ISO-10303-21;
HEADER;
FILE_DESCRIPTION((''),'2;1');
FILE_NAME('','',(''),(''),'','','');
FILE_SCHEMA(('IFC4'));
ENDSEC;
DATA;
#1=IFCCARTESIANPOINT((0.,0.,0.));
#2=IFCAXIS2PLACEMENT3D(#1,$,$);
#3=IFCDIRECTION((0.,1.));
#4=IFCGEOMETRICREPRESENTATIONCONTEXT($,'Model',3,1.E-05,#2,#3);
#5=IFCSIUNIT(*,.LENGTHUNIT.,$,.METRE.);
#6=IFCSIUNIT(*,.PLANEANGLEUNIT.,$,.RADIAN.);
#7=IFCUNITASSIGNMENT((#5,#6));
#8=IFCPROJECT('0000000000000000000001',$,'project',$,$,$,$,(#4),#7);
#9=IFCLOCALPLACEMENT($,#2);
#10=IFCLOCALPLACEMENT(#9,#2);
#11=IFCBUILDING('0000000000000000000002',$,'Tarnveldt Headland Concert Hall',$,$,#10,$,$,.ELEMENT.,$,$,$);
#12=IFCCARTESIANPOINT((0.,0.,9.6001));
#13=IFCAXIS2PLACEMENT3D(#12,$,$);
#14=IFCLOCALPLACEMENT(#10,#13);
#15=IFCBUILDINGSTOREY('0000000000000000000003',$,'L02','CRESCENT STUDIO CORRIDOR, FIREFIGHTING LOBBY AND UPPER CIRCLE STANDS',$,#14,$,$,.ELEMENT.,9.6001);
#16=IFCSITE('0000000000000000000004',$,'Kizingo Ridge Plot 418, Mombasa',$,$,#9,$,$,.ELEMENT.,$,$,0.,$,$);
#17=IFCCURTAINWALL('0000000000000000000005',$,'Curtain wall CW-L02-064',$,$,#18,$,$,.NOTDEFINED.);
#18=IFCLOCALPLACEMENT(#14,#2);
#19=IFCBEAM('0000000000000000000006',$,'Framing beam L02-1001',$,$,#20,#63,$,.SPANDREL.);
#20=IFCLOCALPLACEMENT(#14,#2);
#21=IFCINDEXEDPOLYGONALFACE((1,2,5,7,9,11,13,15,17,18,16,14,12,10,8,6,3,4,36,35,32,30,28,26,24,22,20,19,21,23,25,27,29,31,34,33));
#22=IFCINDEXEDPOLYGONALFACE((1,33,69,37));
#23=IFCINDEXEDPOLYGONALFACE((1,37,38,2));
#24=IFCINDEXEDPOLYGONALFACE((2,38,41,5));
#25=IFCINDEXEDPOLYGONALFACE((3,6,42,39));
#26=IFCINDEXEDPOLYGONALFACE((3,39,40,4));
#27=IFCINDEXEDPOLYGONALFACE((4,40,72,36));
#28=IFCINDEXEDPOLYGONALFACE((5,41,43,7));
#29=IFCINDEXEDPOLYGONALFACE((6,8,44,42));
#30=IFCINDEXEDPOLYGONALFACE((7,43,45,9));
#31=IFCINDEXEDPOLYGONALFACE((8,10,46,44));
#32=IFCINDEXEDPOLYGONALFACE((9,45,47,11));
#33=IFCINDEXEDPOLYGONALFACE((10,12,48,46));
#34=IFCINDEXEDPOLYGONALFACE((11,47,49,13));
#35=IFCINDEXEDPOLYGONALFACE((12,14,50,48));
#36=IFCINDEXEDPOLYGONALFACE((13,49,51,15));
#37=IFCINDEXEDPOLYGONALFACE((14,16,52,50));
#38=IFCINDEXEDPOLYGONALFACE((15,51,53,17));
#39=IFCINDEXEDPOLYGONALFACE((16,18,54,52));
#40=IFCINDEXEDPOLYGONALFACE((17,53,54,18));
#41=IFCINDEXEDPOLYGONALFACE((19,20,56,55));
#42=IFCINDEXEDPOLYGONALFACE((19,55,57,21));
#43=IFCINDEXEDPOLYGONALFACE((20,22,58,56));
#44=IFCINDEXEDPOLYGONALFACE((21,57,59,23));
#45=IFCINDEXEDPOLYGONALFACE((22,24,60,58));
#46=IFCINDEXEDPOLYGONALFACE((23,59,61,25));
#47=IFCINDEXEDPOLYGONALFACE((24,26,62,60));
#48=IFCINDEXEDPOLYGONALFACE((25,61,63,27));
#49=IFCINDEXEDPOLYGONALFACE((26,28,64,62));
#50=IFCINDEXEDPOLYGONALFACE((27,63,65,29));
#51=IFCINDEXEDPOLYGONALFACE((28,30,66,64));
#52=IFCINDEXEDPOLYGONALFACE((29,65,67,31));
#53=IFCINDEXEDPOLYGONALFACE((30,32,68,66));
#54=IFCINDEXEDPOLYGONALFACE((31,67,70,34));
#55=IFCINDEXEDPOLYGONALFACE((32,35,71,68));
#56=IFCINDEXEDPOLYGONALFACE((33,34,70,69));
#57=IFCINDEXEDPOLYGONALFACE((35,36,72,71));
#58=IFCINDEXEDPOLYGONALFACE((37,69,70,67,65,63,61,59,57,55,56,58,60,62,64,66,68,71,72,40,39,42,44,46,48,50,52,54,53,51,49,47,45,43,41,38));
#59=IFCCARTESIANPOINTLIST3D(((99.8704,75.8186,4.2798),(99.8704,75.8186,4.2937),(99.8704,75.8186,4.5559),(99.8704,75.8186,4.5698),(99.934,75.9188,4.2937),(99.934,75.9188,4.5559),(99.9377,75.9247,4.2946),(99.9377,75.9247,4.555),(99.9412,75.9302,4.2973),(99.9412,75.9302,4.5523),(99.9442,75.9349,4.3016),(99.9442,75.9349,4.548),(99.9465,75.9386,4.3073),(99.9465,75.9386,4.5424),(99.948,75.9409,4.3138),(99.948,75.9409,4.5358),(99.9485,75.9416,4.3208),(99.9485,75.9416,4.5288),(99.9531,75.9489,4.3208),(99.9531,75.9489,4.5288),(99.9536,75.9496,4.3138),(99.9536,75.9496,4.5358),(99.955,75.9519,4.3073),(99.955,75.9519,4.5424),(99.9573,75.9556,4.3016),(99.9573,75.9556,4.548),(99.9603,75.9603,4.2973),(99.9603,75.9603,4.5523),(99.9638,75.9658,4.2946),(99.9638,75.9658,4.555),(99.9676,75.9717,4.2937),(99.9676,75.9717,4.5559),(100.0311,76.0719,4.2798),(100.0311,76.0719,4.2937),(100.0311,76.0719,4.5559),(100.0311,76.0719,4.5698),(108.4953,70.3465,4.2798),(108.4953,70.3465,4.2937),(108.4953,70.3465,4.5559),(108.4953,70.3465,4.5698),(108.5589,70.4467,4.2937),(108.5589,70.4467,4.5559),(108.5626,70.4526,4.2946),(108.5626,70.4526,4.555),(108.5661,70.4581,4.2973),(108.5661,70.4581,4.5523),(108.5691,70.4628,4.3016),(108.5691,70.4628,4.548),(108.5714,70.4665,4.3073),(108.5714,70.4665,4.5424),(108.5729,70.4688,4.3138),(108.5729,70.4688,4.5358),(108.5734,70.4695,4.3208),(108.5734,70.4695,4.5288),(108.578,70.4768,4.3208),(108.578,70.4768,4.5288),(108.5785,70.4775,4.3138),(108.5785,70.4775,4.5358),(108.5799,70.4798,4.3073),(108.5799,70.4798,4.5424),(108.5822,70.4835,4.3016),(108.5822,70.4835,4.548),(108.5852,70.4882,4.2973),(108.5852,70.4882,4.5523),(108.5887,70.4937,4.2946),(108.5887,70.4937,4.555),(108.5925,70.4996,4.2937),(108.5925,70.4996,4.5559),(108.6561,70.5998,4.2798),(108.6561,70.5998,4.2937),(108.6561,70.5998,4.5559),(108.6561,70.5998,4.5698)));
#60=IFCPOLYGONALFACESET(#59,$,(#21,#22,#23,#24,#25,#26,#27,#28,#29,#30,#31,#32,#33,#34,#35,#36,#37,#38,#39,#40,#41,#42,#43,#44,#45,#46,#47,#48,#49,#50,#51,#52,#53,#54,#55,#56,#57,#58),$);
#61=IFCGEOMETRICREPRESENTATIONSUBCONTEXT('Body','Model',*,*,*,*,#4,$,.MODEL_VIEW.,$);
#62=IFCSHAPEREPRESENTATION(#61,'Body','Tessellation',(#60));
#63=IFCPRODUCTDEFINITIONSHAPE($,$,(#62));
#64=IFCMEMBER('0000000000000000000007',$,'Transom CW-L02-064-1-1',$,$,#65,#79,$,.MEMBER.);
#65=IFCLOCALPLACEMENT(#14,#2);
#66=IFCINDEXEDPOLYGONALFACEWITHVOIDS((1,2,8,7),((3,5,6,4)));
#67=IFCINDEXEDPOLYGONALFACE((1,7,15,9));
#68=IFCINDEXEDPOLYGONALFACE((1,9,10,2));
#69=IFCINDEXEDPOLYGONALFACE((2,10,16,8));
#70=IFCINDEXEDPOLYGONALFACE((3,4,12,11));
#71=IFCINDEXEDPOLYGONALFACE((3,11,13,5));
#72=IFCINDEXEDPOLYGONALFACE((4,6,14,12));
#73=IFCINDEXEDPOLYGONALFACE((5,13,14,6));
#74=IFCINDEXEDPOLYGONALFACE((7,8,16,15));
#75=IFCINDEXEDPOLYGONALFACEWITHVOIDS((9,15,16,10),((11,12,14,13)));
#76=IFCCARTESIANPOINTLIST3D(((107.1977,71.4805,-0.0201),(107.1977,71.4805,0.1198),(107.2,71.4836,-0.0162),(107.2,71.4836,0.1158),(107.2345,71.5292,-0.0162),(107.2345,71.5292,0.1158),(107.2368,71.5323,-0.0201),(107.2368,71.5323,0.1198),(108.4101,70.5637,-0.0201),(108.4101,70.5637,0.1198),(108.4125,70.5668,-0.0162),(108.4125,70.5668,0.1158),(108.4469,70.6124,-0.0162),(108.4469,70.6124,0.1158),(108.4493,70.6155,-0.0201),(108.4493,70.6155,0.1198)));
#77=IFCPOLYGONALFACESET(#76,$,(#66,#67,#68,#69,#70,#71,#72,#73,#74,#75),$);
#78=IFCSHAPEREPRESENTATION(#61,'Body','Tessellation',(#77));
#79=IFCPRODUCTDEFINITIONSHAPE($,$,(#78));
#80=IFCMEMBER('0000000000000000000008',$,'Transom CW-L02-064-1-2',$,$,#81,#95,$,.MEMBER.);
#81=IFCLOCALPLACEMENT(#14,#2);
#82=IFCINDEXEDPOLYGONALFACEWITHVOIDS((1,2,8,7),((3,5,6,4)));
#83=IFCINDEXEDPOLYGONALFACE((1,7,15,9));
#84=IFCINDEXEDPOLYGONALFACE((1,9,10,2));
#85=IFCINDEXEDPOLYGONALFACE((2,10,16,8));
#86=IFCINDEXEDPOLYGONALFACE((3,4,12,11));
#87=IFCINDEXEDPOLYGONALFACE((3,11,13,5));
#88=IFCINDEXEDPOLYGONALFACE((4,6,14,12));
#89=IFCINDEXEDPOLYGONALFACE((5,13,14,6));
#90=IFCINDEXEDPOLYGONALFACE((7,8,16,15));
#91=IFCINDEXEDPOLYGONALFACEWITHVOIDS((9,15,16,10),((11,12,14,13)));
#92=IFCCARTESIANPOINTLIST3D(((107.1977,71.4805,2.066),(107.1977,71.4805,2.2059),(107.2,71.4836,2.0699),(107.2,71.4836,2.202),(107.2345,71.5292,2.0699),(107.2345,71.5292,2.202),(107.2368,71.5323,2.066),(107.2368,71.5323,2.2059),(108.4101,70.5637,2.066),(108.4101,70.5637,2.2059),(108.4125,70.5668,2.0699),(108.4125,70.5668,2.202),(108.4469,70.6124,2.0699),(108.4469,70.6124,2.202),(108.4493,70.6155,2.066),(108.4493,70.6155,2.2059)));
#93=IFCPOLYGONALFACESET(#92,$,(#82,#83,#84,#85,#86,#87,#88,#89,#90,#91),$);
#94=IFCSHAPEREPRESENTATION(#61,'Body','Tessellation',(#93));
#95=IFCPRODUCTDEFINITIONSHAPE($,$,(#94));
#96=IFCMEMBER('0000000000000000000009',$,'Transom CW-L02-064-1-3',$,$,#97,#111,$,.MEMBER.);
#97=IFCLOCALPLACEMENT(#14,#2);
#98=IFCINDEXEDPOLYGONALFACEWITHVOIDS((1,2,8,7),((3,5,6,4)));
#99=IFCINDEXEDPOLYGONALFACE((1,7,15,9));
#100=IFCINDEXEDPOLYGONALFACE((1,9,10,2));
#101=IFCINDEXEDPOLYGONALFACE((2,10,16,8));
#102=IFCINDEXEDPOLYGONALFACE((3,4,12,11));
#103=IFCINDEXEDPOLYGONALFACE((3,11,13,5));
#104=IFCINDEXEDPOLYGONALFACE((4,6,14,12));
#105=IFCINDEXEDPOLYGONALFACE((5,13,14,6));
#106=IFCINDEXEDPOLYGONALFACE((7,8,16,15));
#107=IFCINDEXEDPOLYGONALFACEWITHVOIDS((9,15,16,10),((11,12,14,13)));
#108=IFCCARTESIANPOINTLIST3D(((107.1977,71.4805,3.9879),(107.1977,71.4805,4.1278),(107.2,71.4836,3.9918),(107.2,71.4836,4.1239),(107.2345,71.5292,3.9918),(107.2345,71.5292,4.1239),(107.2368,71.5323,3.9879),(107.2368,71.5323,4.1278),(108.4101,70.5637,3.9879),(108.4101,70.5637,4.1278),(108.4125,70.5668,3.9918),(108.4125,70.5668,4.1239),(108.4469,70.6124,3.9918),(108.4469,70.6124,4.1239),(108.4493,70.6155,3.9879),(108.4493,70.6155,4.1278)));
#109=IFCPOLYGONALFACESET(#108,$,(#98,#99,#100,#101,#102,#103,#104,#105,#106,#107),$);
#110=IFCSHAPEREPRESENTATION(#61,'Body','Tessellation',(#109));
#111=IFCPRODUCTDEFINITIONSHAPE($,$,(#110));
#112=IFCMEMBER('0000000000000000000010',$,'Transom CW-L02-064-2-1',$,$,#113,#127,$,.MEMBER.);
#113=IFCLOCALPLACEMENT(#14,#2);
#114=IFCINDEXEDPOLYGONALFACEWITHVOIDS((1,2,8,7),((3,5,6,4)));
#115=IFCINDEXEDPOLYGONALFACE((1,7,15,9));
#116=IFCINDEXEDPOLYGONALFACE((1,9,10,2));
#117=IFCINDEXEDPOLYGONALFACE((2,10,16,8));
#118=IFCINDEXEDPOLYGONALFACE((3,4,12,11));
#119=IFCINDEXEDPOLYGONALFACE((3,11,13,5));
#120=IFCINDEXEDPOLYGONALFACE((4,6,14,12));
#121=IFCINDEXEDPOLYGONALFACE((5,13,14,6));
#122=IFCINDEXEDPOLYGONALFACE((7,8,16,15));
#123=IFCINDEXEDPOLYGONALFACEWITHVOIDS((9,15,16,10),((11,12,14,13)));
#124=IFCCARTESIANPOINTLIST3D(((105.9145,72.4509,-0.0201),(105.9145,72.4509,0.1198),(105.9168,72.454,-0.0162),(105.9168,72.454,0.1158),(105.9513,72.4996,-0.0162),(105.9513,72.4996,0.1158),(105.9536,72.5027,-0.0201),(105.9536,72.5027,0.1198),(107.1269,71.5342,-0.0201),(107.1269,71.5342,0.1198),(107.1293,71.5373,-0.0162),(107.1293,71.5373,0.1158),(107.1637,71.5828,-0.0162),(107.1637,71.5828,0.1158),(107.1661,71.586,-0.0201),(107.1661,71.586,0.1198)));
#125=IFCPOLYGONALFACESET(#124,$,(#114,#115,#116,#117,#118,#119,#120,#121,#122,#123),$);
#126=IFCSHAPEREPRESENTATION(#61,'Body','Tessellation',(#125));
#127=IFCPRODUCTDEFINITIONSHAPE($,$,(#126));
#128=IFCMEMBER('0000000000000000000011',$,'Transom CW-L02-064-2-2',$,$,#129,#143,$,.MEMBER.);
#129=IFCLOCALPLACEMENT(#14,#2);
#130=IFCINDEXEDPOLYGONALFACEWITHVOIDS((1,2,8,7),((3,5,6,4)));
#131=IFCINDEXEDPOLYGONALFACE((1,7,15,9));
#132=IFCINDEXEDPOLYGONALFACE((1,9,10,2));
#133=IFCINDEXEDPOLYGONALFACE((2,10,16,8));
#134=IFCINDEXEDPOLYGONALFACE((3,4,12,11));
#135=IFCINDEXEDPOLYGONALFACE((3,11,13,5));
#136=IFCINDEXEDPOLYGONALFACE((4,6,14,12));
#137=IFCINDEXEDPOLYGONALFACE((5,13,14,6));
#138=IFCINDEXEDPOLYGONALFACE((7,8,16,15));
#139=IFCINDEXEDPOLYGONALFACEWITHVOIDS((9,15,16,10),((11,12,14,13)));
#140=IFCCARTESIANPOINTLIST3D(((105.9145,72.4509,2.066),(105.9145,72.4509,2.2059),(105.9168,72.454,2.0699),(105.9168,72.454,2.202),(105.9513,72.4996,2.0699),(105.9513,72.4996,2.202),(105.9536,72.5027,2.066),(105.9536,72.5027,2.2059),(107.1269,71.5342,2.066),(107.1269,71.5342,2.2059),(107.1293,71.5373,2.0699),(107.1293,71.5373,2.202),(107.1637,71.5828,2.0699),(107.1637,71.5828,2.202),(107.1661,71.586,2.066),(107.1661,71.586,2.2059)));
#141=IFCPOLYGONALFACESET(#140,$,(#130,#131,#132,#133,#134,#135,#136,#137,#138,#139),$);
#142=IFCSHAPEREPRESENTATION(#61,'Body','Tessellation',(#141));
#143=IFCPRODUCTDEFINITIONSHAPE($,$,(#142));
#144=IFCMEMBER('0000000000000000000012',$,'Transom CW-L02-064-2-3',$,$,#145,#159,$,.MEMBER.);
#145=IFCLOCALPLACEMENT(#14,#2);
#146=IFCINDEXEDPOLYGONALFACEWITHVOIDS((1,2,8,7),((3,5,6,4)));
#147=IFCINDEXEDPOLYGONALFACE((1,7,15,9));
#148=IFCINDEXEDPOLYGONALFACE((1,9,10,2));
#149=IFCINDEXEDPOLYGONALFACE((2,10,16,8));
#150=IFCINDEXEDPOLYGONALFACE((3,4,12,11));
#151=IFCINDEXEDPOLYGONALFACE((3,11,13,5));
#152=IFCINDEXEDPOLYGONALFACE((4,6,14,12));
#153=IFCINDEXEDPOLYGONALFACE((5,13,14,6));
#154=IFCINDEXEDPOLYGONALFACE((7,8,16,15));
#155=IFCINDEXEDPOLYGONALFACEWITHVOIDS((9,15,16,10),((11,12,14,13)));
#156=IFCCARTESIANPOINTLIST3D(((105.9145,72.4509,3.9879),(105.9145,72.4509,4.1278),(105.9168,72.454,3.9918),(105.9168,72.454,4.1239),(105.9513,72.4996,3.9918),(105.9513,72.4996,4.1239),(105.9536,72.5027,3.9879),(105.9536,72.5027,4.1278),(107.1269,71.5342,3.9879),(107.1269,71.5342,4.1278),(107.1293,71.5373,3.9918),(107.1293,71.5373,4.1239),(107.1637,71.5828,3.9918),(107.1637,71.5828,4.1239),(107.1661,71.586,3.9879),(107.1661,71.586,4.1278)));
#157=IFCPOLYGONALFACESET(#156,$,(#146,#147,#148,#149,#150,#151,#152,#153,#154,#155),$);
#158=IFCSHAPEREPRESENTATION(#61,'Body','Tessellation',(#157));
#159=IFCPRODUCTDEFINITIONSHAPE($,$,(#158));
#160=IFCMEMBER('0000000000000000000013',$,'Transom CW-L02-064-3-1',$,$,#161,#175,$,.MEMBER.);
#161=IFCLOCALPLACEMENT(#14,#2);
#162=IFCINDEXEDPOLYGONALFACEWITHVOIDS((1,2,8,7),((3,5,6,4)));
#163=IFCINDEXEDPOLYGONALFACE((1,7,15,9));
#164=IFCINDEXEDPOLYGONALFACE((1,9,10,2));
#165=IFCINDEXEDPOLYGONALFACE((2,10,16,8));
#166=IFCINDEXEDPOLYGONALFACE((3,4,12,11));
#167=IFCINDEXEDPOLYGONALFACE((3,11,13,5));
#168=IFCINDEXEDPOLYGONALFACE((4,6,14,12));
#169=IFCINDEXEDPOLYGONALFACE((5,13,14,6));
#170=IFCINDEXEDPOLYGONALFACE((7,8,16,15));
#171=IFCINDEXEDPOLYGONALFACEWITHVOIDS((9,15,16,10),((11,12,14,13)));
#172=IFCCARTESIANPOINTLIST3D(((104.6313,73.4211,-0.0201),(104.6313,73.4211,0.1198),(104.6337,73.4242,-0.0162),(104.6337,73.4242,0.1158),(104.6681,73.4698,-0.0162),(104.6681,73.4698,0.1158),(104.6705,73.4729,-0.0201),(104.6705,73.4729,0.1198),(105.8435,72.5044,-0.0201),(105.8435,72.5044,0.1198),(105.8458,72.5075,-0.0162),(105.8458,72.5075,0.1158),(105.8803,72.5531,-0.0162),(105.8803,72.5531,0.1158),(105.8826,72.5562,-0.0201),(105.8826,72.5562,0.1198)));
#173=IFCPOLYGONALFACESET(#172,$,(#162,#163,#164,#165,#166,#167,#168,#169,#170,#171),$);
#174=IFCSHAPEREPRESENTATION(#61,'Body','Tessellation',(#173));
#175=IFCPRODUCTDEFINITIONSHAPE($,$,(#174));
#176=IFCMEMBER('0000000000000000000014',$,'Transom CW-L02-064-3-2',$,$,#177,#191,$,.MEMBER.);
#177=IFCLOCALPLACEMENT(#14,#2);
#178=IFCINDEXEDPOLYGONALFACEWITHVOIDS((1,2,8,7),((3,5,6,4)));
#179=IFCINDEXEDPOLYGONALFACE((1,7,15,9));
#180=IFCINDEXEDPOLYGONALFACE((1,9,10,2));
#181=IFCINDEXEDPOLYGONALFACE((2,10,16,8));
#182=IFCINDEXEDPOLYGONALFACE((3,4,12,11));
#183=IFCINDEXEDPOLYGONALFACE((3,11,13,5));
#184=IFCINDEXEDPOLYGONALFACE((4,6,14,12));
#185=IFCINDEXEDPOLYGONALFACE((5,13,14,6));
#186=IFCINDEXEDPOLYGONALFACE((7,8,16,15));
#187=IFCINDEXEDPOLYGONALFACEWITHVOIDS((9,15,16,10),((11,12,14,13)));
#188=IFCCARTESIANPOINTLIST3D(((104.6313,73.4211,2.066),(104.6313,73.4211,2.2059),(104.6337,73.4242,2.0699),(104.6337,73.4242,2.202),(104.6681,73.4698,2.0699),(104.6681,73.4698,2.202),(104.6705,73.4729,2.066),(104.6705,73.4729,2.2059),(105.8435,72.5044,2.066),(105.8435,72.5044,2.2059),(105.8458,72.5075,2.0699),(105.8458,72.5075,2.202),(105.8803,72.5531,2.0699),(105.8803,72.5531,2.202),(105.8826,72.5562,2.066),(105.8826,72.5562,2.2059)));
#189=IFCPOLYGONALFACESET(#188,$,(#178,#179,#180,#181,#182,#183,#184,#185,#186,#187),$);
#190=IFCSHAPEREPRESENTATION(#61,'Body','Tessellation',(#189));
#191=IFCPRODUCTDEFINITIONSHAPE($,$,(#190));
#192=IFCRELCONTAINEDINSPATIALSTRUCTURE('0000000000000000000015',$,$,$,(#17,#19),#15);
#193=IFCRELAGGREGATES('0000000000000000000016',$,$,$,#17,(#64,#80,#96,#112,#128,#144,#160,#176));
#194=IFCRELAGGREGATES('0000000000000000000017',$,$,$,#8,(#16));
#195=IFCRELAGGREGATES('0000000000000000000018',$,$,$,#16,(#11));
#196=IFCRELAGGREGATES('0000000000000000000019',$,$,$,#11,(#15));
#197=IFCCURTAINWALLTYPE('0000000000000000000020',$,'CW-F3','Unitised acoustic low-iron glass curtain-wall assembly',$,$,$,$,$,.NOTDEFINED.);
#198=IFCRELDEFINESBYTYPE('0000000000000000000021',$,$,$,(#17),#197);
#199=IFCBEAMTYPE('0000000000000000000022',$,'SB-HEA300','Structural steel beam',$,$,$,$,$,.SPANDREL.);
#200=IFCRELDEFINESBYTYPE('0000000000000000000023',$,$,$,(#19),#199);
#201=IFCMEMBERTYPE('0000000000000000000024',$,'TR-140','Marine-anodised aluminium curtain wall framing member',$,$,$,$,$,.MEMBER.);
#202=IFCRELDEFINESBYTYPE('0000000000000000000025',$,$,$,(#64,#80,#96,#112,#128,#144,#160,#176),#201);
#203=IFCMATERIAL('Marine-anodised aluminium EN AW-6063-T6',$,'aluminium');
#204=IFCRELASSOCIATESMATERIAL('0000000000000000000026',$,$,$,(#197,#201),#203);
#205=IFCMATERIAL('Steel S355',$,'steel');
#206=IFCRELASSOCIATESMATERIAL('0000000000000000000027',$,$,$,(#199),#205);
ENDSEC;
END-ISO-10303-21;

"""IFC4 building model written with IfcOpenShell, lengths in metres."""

from ifc_helpers import new_model, si_unit, direction, frame, origin, origin_2d, place, context, subcontext, project, spatial, hollow_rectangle, i_section, extrude, material, material_profile, profile_set, type_object, element, aggregate, save


model = new_model("IFC4")

# Units and contexts
model_context = context("Model", 3, precision=1e-05, world=origin(), true_north=direction((0.0, 1.0)))
body_context = subcontext(model_context, "Body", "Model", "MODEL_VIEW")
ifc_project = project(units=[si_unit("LENGTHUNIT", "METRE"), si_unit("PLANEANGLEUNIT", "RADIAN")], contexts=[model_context])

# Site, building, storey
site_placement = place(None, origin())
site = spatial("IfcSite", under=ifc_project, at=site_placement, Name="Kizingo Ridge Plot 418, Mombasa", CompositionType="ELEMENT", RefElevation=0.0)
building_placement = place(site_placement, origin())
building = spatial("IfcBuilding", under=site, at=building_placement, Name="Tarnveldt Headland Concert Hall", CompositionType="ELEMENT")
storey_placement = place(building_placement, frame((0.0, 0.0, 9.6001)))
storey = spatial("IfcBuildingStorey", under=building, at=storey_placement, Name="L02", Description="CRESCENT STUDIO CORRIDOR, FIREFIGHTING LOBBY AND UPPER CIRCLE STANDS", CompositionType="ELEMENT", Elevation=9.6001)

# Shared definitions
ifc_material_1 = material(Name="Steel S355", Category="steel")

# Shared definitions
ifc_material_2 = material(Name="Marine-anodised aluminium EN AW-6063-T6", Category="aluminium")
curtain_wall_type = type_object("IfcCurtainWallType", Name="CW-F3", Description="Unitised acoustic low-iron glass curtain-wall assembly", PredefinedType="NOTDEFINED", material=ifc_material_2)

# Curtain wall
curtain_wall_1_placement = place(storey_placement, origin())
curtain_wall_1 = element("IfcCurtainWall", 1, at=curtain_wall_1_placement, inside=storey, type_object=curtain_wall_type, Name="Curtain wall CW-L02-064", PredefinedType="NOTDEFINED")

# Beam
ifc_material_profile_1 = material_profile(ifc_material_1, i_section(OverallWidth=0.3, OverallDepth=0.29, WebThickness=0.0085, FlangeThickness=0.0139, FilletRadius=0.0271, at=origin_2d()), Name="HEA300", Category="steel")
ifc_profile_set_1 = profile_set([ifc_material_profile_1], Name="Steel S355")
beam_type = type_object("IfcBeamType", Name="SB-HEA300", Description="Structural steel beam", PredefinedType="SPANDREL", material=ifc_profile_set_1)
beam_placement = place(storey_placement, frame((108.5757, 70.4731, 4.4248), z_axis=(-0.844391, 0.535727, 0.0), x_axis=(-0.535727, -0.844391, 0.0)))
element("IfcBeam", 2, at=beam_placement, inside=storey, type_object=beam_type, Name="Framing beam L02-1001", PredefinedType="SPANDREL", context=body_context, shape_type="SweptSolid", body=[
    extrude(i_section(OverallWidth=0.3, OverallDepth=0.29, WebThickness=0.0085, FlangeThickness=0.0139, FilletRadius=0.0271, at=origin_2d()), origin(), (0.0, 0.0, 1.0), 10.2144),
])

# Members
ifc_material_profile_2 = material_profile(ifc_material_2, hollow_rectangle(XDim=0.0649, YDim=0.1399, WallThickness=0.0039, at=origin_2d()), Name="ALU TRANSOM 65x140x4", Category="aluminium")
ifc_profile_set_2 = profile_set([ifc_material_profile_2], Name="Marine-anodised aluminium EN AW-6063-T6")
member_type_1 = type_object("IfcMemberType", Name="TR-140", Description="Marine-anodised aluminium curtain wall framing member", PredefinedType="MEMBER", material=ifc_profile_set_2)
member_1_placement = place(storey_placement, frame((108.4297, 70.5896, 0.0498), z_axis=(-0.797642, 0.603131, 0.0), x_axis=(-0.603131, -0.797642, 0.0)))
member_1 = element("IfcMember", 3, at=member_1_placement, type_object=member_type_1, Name="Transom CW-L02-064-1-1", PredefinedType="MEMBER", context=body_context, shape_type="SweptSolid", body=[
    extrude(hollow_rectangle(XDim=0.0649, YDim=0.1399, WallThickness=0.0039, at=origin_2d()), origin(), (0.0, 0.0, 1.0), 1.52),
])
member_2_placement = place(storey_placement, frame((108.4297, 70.5896, 2.136), z_axis=(-0.797642, 0.603131, 0.0), x_axis=(-0.603131, -0.797642, 0.0)))
member_2 = element("IfcMember", 4, at=member_2_placement, type_object=member_type_1, Name="Transom CW-L02-064-1-2", PredefinedType="MEMBER", context=body_context, shape_type="SweptSolid", body=[
    extrude(hollow_rectangle(XDim=0.0649, YDim=0.1399, WallThickness=0.0039, at=origin_2d()), origin(), (0.0, 0.0, 1.0), 1.52),
])
member_3_placement = place(storey_placement, frame((108.4297, 70.5896, 4.0579), z_axis=(-0.797642, 0.603131, 0.0), x_axis=(-0.603131, -0.797642, 0.0)))
member_3 = element("IfcMember", 5, at=member_3_placement, type_object=member_type_1, Name="Transom CW-L02-064-1-3", PredefinedType="MEMBER", context=body_context, shape_type="SweptSolid", body=[
    extrude(hollow_rectangle(XDim=0.0649, YDim=0.1399, WallThickness=0.0039, at=origin_2d()), origin(), (0.0, 0.0, 1.0), 1.52),
])
member_4_placement = place(storey_placement, frame((107.1465, 71.5601, 0.0498), z_axis=(-0.797642, 0.603131, 0.0), x_axis=(-0.603131, -0.797642, 0.0)))
member_4 = element("IfcMember", 6, at=member_4_placement, type_object=member_type_1, Name="Transom CW-L02-064-2-1", PredefinedType="MEMBER", context=body_context, shape_type="SweptSolid", body=[
    extrude(hollow_rectangle(XDim=0.0649, YDim=0.1399, WallThickness=0.0039, at=origin_2d()), origin(), (0.0, 0.0, 1.0), 1.52),
])
member_5_placement = place(storey_placement, frame((107.1465, 71.5601, 2.136), z_axis=(-0.797642, 0.603131, 0.0), x_axis=(-0.603131, -0.797642, 0.0)))
member_5 = element("IfcMember", 7, at=member_5_placement, type_object=member_type_1, Name="Transom CW-L02-064-2-2", PredefinedType="MEMBER", context=body_context, shape_type="SweptSolid", body=[
    extrude(hollow_rectangle(XDim=0.0649, YDim=0.1399, WallThickness=0.0039, at=origin_2d()), origin(), (0.0, 0.0, 1.0), 1.52),
])
member_6_placement = place(storey_placement, frame((107.1465, 71.5601, 4.0579), z_axis=(-0.797642, 0.603131, 0.0), x_axis=(-0.603131, -0.797642, 0.0)))
member_6 = element("IfcMember", 8, at=member_6_placement, type_object=member_type_1, Name="Transom CW-L02-064-2-3", PredefinedType="MEMBER", context=body_context, shape_type="SweptSolid", body=[
    extrude(hollow_rectangle(XDim=0.0649, YDim=0.1399, WallThickness=0.0039, at=origin_2d()), origin(), (0.0, 0.0, 1.0), 1.52),
])
member_7_placement = place(storey_placement, frame((105.863, 72.5303, 0.0498), z_axis=(-0.797584, 0.603208, 0.0), x_axis=(-0.603208, -0.797584, 0.0)))
member_7 = element("IfcMember", 9, at=member_7_placement, type_object=member_type_1, Name="Transom CW-L02-064-3-1", PredefinedType="MEMBER", context=body_context, shape_type="SweptSolid", body=[
    extrude(hollow_rectangle(XDim=0.0649, YDim=0.1399, WallThickness=0.0039, at=origin_2d()), origin(), (0.0, 0.0, 1.0), 1.5198),
])
member_8_placement = place(storey_placement, frame((105.863, 72.5303, 2.136), z_axis=(-0.797584, 0.603208, 0.0), x_axis=(-0.603208, -0.797584, 0.0)))
member_8 = element("IfcMember", 10, at=member_8_placement, type_object=member_type_1, Name="Transom CW-L02-064-3-2", PredefinedType="MEMBER", context=body_context, shape_type="SweptSolid", body=[
    extrude(hollow_rectangle(XDim=0.0649, YDim=0.1399, WallThickness=0.0039, at=origin_2d()), origin(), (0.0, 0.0, 1.0), 1.5198),
])

aggregate(curtain_wall_1, [member_1, member_2, member_3, member_4, member_5, member_6, member_7, member_8])

save(model, "model.ifc")
